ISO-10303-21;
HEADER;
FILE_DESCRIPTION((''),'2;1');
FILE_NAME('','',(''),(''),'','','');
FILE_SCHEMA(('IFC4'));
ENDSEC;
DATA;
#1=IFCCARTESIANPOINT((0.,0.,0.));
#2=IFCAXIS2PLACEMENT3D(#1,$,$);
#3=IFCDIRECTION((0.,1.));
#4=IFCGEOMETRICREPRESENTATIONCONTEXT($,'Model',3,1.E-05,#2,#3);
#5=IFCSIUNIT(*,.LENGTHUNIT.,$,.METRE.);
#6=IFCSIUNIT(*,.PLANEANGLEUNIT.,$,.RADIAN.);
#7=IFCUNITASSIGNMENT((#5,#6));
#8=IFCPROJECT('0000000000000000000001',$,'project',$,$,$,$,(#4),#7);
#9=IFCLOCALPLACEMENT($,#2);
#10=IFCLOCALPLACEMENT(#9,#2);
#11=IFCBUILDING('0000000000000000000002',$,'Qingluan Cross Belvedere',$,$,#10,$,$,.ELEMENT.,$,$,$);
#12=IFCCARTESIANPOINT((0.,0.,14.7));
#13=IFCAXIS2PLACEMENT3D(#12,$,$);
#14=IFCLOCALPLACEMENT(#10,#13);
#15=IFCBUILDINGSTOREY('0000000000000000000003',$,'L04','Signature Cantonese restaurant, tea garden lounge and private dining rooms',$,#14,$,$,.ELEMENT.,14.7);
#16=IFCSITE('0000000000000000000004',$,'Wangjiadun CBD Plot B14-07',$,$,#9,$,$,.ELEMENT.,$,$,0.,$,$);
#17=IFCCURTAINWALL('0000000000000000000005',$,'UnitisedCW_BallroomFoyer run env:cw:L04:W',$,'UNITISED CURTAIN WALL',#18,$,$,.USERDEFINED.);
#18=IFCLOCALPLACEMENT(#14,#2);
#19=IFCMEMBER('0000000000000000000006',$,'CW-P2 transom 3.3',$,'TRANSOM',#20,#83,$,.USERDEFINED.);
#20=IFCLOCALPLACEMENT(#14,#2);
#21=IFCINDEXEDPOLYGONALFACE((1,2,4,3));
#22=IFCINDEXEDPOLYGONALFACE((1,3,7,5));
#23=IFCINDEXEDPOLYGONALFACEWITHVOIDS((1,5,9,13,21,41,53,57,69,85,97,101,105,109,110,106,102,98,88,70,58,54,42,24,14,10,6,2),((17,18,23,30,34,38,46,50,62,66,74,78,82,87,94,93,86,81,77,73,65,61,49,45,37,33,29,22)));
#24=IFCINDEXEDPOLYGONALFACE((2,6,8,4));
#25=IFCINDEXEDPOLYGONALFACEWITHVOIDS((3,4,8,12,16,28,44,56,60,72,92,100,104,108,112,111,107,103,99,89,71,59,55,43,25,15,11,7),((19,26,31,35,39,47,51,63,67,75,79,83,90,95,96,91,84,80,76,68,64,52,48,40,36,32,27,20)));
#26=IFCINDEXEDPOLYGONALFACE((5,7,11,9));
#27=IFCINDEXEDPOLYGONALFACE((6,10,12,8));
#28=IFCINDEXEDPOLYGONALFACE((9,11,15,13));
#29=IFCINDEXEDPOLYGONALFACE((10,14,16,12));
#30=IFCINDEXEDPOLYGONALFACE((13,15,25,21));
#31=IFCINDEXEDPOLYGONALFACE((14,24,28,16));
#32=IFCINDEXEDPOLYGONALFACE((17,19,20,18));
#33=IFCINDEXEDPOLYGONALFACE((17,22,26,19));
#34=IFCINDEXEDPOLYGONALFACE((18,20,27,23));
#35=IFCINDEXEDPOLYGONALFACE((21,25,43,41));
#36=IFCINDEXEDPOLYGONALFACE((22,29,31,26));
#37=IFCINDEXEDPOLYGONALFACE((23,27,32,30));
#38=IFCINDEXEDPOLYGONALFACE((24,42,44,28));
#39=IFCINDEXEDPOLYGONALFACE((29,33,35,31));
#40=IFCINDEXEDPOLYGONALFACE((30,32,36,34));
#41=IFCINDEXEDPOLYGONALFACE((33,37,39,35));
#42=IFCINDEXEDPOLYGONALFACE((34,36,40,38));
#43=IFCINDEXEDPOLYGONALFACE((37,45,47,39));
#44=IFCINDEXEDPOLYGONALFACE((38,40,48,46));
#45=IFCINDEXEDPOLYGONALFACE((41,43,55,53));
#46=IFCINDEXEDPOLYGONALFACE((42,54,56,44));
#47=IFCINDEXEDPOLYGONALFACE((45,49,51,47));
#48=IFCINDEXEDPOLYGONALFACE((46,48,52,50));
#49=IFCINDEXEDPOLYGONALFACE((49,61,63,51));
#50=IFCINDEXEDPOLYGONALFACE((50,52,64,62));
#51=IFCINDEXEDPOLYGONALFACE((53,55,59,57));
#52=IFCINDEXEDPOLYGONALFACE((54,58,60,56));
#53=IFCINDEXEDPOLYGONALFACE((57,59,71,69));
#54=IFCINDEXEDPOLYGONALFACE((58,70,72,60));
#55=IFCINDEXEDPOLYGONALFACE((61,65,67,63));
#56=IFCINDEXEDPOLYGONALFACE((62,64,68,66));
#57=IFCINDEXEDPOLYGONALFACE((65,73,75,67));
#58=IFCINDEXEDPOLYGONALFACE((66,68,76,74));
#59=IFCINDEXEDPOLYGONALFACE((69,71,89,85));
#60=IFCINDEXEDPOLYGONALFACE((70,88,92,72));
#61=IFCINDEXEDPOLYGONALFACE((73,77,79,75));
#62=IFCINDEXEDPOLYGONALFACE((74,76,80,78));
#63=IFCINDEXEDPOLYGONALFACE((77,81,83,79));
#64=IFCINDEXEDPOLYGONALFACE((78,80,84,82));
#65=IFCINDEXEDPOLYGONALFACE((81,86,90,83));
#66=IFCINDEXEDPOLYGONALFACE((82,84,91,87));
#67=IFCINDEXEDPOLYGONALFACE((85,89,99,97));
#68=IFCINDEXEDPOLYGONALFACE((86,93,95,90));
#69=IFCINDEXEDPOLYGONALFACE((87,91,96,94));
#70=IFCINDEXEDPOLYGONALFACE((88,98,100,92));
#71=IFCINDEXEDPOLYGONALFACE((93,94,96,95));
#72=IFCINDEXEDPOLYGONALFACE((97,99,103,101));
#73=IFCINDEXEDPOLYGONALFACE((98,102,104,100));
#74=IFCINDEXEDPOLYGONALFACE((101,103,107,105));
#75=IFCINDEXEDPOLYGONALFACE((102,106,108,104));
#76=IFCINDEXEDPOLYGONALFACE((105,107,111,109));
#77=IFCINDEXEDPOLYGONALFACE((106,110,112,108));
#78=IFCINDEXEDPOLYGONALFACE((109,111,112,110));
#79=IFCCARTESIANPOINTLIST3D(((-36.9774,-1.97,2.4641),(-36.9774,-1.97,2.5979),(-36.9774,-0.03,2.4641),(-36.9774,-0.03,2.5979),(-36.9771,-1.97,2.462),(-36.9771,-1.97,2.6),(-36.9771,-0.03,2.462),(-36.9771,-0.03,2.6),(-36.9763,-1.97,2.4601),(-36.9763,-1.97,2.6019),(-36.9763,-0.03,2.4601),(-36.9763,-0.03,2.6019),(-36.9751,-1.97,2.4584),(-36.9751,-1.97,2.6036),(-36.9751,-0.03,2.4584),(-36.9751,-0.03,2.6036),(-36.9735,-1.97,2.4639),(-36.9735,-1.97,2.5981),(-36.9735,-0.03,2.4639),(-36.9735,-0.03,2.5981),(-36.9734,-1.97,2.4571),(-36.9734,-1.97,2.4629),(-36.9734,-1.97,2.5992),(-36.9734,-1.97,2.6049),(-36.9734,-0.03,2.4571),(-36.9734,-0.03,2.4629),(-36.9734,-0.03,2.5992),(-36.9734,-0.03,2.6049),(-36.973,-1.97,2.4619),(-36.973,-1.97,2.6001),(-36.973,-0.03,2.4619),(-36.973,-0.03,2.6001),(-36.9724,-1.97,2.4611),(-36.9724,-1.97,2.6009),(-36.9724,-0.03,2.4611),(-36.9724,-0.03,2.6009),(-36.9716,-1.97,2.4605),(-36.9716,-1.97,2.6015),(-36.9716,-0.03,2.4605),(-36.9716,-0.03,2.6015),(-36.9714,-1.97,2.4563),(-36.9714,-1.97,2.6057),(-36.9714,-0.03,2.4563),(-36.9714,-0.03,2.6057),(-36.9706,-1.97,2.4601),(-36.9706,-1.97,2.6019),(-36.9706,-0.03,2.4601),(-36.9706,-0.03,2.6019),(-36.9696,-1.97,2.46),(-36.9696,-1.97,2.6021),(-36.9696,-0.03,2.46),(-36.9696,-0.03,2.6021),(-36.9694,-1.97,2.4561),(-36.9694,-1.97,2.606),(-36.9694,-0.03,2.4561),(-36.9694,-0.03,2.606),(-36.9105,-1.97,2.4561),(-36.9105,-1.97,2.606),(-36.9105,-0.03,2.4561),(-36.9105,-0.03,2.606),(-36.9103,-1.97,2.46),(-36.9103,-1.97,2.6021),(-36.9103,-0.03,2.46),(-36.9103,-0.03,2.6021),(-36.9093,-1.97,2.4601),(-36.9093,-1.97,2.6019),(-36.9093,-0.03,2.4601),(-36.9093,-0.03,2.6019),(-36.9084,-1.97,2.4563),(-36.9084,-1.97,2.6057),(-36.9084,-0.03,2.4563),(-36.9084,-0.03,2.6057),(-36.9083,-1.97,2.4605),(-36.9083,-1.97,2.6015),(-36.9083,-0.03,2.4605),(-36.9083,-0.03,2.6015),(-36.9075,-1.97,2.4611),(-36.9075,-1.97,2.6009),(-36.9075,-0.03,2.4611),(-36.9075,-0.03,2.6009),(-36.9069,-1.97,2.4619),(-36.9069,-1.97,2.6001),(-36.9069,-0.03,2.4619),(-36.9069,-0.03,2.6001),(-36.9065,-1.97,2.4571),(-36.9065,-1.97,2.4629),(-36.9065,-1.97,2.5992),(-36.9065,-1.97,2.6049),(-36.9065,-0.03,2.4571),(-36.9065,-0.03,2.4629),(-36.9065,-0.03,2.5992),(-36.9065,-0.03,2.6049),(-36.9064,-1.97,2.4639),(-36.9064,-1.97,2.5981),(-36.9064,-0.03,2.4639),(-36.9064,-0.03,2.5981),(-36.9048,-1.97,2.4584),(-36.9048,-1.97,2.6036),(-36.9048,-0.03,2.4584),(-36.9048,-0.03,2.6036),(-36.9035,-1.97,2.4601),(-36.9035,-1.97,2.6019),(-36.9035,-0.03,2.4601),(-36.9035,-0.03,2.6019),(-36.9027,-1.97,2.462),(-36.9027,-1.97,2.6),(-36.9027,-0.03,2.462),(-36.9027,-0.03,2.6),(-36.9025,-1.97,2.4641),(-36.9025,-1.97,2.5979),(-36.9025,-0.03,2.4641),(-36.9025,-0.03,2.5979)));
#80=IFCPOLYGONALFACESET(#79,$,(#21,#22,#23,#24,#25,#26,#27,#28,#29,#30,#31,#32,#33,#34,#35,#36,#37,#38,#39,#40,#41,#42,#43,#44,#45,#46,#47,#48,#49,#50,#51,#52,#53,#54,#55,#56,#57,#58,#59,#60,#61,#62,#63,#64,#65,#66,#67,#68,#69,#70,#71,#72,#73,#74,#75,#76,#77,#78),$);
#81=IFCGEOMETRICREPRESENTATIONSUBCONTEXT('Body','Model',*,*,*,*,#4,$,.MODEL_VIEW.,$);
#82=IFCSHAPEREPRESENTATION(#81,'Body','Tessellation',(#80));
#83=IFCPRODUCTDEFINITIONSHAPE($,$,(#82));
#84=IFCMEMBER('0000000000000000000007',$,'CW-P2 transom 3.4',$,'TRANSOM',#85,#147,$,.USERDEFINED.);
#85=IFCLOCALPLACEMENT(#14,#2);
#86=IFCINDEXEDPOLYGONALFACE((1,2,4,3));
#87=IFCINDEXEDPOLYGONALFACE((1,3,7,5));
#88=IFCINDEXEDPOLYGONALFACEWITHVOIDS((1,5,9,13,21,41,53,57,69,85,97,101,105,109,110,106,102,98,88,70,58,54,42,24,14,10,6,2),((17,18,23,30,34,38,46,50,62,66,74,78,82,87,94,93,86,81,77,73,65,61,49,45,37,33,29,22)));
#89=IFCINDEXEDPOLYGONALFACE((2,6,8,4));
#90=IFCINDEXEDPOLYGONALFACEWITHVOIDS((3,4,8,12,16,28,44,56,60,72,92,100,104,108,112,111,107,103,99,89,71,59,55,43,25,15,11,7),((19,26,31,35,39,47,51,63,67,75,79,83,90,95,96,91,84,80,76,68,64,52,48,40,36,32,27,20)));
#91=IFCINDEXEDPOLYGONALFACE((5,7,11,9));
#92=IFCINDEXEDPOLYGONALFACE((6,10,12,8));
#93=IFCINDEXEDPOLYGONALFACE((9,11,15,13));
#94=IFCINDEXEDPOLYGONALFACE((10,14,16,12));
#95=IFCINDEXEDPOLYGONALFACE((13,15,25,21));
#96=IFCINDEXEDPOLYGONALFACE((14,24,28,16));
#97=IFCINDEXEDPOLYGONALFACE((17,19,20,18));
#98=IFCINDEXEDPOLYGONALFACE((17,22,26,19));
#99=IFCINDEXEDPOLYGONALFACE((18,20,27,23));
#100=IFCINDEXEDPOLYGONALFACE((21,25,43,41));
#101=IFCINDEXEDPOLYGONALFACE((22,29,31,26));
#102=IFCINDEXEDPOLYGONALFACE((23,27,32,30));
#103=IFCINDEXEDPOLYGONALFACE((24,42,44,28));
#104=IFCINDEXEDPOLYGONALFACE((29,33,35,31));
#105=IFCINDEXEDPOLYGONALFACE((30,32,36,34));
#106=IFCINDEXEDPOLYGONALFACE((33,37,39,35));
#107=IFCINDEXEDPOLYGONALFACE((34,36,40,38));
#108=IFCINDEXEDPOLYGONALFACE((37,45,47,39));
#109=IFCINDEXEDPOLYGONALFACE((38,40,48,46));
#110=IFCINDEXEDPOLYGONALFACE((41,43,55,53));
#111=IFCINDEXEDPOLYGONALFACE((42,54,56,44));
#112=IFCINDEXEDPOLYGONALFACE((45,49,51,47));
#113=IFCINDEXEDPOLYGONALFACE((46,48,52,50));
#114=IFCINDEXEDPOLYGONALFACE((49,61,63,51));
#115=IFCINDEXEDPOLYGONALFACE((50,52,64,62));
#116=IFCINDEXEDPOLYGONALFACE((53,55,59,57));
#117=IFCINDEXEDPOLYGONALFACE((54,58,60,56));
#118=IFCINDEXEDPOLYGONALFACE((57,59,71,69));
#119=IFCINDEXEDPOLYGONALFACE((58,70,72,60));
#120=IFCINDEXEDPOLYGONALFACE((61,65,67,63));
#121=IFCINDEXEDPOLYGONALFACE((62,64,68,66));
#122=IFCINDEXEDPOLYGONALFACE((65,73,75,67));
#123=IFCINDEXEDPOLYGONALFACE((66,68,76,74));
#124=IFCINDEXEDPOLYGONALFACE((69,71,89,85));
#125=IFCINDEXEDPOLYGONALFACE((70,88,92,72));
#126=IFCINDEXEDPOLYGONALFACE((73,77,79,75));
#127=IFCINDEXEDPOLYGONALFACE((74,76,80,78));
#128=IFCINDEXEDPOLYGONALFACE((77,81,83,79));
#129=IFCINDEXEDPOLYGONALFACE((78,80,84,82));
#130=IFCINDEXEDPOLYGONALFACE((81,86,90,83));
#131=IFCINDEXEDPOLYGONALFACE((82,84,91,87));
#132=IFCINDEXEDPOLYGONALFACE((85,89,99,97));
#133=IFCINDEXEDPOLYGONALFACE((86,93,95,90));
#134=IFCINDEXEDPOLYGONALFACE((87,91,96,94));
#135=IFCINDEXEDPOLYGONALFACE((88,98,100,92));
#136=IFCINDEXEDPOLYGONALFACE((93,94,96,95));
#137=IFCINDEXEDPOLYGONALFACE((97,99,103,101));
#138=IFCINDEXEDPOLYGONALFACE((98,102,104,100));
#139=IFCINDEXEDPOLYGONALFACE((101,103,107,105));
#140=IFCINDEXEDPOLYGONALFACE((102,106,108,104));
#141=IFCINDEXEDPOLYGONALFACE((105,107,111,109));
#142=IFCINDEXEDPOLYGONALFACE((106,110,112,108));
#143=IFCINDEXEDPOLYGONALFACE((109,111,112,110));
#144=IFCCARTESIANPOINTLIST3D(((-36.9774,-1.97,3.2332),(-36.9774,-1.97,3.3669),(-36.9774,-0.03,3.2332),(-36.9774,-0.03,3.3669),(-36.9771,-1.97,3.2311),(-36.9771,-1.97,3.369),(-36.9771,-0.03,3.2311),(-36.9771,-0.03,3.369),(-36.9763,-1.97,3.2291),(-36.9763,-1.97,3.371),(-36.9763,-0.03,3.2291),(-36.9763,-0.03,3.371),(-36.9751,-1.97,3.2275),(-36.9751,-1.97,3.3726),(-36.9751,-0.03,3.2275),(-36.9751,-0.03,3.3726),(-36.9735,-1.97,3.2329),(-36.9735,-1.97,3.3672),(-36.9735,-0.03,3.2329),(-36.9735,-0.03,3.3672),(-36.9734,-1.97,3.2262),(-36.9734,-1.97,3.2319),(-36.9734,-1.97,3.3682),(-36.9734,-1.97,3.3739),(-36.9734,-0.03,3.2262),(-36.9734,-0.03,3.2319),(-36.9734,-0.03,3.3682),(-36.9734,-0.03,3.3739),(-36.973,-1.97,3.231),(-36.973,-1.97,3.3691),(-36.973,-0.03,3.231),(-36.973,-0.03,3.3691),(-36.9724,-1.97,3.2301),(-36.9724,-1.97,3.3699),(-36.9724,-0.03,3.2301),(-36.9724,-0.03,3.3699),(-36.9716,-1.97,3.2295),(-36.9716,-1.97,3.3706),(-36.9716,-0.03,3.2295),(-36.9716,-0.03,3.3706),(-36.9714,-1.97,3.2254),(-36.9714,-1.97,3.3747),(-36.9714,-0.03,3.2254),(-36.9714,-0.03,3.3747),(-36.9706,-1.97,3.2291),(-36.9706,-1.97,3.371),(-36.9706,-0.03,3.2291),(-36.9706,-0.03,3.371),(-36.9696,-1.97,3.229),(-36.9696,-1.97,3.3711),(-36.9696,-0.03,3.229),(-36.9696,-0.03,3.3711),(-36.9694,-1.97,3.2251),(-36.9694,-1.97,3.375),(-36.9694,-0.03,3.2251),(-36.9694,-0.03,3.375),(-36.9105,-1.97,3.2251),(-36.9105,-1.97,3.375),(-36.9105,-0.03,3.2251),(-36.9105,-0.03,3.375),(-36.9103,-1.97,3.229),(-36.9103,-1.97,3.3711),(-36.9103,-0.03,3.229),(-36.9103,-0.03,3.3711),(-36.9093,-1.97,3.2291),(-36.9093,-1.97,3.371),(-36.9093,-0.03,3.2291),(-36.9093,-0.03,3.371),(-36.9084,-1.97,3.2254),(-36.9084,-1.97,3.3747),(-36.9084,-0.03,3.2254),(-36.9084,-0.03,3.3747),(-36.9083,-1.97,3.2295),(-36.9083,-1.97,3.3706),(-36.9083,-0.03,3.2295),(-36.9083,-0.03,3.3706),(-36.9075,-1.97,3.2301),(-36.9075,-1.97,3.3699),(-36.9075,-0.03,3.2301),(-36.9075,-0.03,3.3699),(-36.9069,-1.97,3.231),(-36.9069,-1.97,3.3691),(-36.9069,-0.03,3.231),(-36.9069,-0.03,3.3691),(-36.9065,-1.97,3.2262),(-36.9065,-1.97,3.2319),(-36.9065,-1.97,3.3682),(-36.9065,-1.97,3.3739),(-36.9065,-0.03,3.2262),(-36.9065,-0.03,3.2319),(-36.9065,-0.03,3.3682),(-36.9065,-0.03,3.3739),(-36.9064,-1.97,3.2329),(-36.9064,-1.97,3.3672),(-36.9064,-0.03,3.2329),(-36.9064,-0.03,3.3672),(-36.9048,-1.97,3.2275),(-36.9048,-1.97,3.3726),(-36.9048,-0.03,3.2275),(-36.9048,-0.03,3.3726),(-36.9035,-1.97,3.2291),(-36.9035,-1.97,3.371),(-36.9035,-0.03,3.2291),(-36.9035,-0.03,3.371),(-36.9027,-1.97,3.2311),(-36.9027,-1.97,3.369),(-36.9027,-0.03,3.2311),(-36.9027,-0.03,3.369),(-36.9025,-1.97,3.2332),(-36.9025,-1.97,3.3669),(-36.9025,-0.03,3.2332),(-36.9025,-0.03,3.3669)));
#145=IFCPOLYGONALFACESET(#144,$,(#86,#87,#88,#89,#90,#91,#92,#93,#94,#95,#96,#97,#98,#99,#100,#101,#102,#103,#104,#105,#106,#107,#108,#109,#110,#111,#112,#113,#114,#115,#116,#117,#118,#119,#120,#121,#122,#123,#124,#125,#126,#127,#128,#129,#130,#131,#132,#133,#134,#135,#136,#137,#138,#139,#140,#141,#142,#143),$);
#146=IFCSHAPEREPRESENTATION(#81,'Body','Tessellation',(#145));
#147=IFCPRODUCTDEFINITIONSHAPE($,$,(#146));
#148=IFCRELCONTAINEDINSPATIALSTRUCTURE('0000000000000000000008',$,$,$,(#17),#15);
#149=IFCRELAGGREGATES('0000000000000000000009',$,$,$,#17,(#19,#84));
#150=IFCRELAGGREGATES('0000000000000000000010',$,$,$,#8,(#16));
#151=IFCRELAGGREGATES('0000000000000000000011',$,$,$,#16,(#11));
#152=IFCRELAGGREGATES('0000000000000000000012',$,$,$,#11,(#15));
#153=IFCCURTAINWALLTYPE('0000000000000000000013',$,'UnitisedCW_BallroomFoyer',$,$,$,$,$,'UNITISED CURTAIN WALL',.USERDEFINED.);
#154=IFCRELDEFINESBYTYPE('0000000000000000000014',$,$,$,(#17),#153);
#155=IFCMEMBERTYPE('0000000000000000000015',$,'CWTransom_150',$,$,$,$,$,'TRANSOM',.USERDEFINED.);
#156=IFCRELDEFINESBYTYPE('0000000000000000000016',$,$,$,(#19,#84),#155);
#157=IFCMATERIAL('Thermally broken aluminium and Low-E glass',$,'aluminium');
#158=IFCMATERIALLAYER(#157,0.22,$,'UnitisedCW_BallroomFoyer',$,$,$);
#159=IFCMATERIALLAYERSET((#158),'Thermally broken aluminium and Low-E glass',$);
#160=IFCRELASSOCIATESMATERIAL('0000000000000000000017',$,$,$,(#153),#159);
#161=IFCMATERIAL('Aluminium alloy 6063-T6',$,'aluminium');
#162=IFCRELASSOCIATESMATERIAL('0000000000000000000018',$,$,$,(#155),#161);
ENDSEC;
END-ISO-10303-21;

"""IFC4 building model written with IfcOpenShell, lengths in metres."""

from ifc_helpers import new_model, si_unit, direction, frame, origin, origin_2d, place, context, subcontext, project, spatial, hollow_rectangle, extrude, material, layer, layer_set, material_profile, profile_set, type_object, element, aggregate, save


model = new_model("IFC4")

# Units and contexts
model_context = context("Model", 3, precision=1e-05, world=origin(), true_north=direction((0.0, 1.0)))
body_context = subcontext(model_context, "Body", "Model", "MODEL_VIEW")
ifc_project = project(units=[si_unit("LENGTHUNIT", "METRE"), si_unit("PLANEANGLEUNIT", "RADIAN")], contexts=[model_context])

# Site, building, storey
site_placement = place(None, origin())
site = spatial("IfcSite", under=ifc_project, at=site_placement, Name="Wangjiadun CBD Plot B14-07", CompositionType="ELEMENT", RefElevation=0.0)
building_placement = place(site_placement, origin())
building = spatial("IfcBuilding", under=site, at=building_placement, Name="Qingluan Cross Belvedere", CompositionType="ELEMENT")
storey_placement = place(building_placement, frame((0.0, 0.0, 14.7)))
storey = spatial("IfcBuildingStorey", under=building, at=storey_placement, Name="L04", Description="Signature Cantonese restaurant, tea garden lounge and private dining rooms", CompositionType="ELEMENT", Elevation=14.7)

# Curtain wall, members
ifc_material_1 = material(Name="Thermally broken aluminium and Low-E glass", Category="aluminium")
ifc_layer_1 = layer(ifc_material_1, 0.22, Name="UnitisedCW_BallroomFoyer")
ifc_layer_set_1 = layer_set([ifc_layer_1], Name="Thermally broken aluminium and Low-E glass")
curtain_wall_type = type_object("IfcCurtainWallType", Name="UnitisedCW_BallroomFoyer", ElementType="UNITISED CURTAIN WALL", PredefinedType="USERDEFINED", material=ifc_layer_set_1)
curtain_wall_placement = place(storey_placement, origin())
curtain_wall = element("IfcCurtainWall", 1, at=curtain_wall_placement, inside=storey, type_object=curtain_wall_type, Name="UnitisedCW_BallroomFoyer run env:cw:L04:W", ObjectType="UNITISED CURTAIN WALL", PredefinedType="USERDEFINED")
ifc_material_2 = material(Name="Aluminium alloy 6063-T6", Category="aluminium")
ifc_material_profile_1 = material_profile(ifc_material_2, hollow_rectangle(XDim=0.075, YDim=0.1499, WallThickness=0.0039, InnerFilletRadius=0.0039, OuterFilletRadius=0.0081, at=origin_2d()), Name="CWT150x75x4")
ifc_profile_set_1 = profile_set([ifc_material_profile_1], Name="Aluminium alloy 6063-T6")
member_type_1 = type_object("IfcMemberType", Name="CWTransom_150", ElementType="TRANSOM", PredefinedType="USERDEFINED", material=ifc_profile_set_1)
member_1_placement = place(storey_placement, frame((-36.9399, -1.97, 2.531), z_axis=(0.0, 1.0, 0.0), x_axis=(-1.0, 0.0, 0.0)))
member_1 = element("IfcMember", 2, at=member_1_placement, type_object=member_type_1, Name="CW-P2 transom 3.3", ObjectType="TRANSOM", PredefinedType="USERDEFINED", context=body_context, shape_type="SweptSolid", body=[
    extrude(hollow_rectangle(XDim=0.075, YDim=0.1499, WallThickness=0.0039, InnerFilletRadius=0.0039, OuterFilletRadius=0.0081, at=origin_2d()), origin(), (0.0, 0.0, 1.0), 1.9399),
])
member_2_placement = place(storey_placement, frame((-36.9399, -1.97, 3.3), z_axis=(0.0, 1.0, 0.0), x_axis=(-1.0, 0.0, 0.0)))
member_2 = element("IfcMember", 3, at=member_2_placement, type_object=member_type_1, Name="CW-P2 transom 3.4", ObjectType="TRANSOM", PredefinedType="USERDEFINED", context=body_context, shape_type="SweptSolid", body=[
    extrude(hollow_rectangle(XDim=0.075, YDim=0.1499, WallThickness=0.0039, InnerFilletRadius=0.0039, OuterFilletRadius=0.0081, at=origin_2d()), origin(), (0.0, 0.0, 1.0), 1.9399),
])

aggregate(curtain_wall, [member_1, member_2])

save(model, "model.ifc")
